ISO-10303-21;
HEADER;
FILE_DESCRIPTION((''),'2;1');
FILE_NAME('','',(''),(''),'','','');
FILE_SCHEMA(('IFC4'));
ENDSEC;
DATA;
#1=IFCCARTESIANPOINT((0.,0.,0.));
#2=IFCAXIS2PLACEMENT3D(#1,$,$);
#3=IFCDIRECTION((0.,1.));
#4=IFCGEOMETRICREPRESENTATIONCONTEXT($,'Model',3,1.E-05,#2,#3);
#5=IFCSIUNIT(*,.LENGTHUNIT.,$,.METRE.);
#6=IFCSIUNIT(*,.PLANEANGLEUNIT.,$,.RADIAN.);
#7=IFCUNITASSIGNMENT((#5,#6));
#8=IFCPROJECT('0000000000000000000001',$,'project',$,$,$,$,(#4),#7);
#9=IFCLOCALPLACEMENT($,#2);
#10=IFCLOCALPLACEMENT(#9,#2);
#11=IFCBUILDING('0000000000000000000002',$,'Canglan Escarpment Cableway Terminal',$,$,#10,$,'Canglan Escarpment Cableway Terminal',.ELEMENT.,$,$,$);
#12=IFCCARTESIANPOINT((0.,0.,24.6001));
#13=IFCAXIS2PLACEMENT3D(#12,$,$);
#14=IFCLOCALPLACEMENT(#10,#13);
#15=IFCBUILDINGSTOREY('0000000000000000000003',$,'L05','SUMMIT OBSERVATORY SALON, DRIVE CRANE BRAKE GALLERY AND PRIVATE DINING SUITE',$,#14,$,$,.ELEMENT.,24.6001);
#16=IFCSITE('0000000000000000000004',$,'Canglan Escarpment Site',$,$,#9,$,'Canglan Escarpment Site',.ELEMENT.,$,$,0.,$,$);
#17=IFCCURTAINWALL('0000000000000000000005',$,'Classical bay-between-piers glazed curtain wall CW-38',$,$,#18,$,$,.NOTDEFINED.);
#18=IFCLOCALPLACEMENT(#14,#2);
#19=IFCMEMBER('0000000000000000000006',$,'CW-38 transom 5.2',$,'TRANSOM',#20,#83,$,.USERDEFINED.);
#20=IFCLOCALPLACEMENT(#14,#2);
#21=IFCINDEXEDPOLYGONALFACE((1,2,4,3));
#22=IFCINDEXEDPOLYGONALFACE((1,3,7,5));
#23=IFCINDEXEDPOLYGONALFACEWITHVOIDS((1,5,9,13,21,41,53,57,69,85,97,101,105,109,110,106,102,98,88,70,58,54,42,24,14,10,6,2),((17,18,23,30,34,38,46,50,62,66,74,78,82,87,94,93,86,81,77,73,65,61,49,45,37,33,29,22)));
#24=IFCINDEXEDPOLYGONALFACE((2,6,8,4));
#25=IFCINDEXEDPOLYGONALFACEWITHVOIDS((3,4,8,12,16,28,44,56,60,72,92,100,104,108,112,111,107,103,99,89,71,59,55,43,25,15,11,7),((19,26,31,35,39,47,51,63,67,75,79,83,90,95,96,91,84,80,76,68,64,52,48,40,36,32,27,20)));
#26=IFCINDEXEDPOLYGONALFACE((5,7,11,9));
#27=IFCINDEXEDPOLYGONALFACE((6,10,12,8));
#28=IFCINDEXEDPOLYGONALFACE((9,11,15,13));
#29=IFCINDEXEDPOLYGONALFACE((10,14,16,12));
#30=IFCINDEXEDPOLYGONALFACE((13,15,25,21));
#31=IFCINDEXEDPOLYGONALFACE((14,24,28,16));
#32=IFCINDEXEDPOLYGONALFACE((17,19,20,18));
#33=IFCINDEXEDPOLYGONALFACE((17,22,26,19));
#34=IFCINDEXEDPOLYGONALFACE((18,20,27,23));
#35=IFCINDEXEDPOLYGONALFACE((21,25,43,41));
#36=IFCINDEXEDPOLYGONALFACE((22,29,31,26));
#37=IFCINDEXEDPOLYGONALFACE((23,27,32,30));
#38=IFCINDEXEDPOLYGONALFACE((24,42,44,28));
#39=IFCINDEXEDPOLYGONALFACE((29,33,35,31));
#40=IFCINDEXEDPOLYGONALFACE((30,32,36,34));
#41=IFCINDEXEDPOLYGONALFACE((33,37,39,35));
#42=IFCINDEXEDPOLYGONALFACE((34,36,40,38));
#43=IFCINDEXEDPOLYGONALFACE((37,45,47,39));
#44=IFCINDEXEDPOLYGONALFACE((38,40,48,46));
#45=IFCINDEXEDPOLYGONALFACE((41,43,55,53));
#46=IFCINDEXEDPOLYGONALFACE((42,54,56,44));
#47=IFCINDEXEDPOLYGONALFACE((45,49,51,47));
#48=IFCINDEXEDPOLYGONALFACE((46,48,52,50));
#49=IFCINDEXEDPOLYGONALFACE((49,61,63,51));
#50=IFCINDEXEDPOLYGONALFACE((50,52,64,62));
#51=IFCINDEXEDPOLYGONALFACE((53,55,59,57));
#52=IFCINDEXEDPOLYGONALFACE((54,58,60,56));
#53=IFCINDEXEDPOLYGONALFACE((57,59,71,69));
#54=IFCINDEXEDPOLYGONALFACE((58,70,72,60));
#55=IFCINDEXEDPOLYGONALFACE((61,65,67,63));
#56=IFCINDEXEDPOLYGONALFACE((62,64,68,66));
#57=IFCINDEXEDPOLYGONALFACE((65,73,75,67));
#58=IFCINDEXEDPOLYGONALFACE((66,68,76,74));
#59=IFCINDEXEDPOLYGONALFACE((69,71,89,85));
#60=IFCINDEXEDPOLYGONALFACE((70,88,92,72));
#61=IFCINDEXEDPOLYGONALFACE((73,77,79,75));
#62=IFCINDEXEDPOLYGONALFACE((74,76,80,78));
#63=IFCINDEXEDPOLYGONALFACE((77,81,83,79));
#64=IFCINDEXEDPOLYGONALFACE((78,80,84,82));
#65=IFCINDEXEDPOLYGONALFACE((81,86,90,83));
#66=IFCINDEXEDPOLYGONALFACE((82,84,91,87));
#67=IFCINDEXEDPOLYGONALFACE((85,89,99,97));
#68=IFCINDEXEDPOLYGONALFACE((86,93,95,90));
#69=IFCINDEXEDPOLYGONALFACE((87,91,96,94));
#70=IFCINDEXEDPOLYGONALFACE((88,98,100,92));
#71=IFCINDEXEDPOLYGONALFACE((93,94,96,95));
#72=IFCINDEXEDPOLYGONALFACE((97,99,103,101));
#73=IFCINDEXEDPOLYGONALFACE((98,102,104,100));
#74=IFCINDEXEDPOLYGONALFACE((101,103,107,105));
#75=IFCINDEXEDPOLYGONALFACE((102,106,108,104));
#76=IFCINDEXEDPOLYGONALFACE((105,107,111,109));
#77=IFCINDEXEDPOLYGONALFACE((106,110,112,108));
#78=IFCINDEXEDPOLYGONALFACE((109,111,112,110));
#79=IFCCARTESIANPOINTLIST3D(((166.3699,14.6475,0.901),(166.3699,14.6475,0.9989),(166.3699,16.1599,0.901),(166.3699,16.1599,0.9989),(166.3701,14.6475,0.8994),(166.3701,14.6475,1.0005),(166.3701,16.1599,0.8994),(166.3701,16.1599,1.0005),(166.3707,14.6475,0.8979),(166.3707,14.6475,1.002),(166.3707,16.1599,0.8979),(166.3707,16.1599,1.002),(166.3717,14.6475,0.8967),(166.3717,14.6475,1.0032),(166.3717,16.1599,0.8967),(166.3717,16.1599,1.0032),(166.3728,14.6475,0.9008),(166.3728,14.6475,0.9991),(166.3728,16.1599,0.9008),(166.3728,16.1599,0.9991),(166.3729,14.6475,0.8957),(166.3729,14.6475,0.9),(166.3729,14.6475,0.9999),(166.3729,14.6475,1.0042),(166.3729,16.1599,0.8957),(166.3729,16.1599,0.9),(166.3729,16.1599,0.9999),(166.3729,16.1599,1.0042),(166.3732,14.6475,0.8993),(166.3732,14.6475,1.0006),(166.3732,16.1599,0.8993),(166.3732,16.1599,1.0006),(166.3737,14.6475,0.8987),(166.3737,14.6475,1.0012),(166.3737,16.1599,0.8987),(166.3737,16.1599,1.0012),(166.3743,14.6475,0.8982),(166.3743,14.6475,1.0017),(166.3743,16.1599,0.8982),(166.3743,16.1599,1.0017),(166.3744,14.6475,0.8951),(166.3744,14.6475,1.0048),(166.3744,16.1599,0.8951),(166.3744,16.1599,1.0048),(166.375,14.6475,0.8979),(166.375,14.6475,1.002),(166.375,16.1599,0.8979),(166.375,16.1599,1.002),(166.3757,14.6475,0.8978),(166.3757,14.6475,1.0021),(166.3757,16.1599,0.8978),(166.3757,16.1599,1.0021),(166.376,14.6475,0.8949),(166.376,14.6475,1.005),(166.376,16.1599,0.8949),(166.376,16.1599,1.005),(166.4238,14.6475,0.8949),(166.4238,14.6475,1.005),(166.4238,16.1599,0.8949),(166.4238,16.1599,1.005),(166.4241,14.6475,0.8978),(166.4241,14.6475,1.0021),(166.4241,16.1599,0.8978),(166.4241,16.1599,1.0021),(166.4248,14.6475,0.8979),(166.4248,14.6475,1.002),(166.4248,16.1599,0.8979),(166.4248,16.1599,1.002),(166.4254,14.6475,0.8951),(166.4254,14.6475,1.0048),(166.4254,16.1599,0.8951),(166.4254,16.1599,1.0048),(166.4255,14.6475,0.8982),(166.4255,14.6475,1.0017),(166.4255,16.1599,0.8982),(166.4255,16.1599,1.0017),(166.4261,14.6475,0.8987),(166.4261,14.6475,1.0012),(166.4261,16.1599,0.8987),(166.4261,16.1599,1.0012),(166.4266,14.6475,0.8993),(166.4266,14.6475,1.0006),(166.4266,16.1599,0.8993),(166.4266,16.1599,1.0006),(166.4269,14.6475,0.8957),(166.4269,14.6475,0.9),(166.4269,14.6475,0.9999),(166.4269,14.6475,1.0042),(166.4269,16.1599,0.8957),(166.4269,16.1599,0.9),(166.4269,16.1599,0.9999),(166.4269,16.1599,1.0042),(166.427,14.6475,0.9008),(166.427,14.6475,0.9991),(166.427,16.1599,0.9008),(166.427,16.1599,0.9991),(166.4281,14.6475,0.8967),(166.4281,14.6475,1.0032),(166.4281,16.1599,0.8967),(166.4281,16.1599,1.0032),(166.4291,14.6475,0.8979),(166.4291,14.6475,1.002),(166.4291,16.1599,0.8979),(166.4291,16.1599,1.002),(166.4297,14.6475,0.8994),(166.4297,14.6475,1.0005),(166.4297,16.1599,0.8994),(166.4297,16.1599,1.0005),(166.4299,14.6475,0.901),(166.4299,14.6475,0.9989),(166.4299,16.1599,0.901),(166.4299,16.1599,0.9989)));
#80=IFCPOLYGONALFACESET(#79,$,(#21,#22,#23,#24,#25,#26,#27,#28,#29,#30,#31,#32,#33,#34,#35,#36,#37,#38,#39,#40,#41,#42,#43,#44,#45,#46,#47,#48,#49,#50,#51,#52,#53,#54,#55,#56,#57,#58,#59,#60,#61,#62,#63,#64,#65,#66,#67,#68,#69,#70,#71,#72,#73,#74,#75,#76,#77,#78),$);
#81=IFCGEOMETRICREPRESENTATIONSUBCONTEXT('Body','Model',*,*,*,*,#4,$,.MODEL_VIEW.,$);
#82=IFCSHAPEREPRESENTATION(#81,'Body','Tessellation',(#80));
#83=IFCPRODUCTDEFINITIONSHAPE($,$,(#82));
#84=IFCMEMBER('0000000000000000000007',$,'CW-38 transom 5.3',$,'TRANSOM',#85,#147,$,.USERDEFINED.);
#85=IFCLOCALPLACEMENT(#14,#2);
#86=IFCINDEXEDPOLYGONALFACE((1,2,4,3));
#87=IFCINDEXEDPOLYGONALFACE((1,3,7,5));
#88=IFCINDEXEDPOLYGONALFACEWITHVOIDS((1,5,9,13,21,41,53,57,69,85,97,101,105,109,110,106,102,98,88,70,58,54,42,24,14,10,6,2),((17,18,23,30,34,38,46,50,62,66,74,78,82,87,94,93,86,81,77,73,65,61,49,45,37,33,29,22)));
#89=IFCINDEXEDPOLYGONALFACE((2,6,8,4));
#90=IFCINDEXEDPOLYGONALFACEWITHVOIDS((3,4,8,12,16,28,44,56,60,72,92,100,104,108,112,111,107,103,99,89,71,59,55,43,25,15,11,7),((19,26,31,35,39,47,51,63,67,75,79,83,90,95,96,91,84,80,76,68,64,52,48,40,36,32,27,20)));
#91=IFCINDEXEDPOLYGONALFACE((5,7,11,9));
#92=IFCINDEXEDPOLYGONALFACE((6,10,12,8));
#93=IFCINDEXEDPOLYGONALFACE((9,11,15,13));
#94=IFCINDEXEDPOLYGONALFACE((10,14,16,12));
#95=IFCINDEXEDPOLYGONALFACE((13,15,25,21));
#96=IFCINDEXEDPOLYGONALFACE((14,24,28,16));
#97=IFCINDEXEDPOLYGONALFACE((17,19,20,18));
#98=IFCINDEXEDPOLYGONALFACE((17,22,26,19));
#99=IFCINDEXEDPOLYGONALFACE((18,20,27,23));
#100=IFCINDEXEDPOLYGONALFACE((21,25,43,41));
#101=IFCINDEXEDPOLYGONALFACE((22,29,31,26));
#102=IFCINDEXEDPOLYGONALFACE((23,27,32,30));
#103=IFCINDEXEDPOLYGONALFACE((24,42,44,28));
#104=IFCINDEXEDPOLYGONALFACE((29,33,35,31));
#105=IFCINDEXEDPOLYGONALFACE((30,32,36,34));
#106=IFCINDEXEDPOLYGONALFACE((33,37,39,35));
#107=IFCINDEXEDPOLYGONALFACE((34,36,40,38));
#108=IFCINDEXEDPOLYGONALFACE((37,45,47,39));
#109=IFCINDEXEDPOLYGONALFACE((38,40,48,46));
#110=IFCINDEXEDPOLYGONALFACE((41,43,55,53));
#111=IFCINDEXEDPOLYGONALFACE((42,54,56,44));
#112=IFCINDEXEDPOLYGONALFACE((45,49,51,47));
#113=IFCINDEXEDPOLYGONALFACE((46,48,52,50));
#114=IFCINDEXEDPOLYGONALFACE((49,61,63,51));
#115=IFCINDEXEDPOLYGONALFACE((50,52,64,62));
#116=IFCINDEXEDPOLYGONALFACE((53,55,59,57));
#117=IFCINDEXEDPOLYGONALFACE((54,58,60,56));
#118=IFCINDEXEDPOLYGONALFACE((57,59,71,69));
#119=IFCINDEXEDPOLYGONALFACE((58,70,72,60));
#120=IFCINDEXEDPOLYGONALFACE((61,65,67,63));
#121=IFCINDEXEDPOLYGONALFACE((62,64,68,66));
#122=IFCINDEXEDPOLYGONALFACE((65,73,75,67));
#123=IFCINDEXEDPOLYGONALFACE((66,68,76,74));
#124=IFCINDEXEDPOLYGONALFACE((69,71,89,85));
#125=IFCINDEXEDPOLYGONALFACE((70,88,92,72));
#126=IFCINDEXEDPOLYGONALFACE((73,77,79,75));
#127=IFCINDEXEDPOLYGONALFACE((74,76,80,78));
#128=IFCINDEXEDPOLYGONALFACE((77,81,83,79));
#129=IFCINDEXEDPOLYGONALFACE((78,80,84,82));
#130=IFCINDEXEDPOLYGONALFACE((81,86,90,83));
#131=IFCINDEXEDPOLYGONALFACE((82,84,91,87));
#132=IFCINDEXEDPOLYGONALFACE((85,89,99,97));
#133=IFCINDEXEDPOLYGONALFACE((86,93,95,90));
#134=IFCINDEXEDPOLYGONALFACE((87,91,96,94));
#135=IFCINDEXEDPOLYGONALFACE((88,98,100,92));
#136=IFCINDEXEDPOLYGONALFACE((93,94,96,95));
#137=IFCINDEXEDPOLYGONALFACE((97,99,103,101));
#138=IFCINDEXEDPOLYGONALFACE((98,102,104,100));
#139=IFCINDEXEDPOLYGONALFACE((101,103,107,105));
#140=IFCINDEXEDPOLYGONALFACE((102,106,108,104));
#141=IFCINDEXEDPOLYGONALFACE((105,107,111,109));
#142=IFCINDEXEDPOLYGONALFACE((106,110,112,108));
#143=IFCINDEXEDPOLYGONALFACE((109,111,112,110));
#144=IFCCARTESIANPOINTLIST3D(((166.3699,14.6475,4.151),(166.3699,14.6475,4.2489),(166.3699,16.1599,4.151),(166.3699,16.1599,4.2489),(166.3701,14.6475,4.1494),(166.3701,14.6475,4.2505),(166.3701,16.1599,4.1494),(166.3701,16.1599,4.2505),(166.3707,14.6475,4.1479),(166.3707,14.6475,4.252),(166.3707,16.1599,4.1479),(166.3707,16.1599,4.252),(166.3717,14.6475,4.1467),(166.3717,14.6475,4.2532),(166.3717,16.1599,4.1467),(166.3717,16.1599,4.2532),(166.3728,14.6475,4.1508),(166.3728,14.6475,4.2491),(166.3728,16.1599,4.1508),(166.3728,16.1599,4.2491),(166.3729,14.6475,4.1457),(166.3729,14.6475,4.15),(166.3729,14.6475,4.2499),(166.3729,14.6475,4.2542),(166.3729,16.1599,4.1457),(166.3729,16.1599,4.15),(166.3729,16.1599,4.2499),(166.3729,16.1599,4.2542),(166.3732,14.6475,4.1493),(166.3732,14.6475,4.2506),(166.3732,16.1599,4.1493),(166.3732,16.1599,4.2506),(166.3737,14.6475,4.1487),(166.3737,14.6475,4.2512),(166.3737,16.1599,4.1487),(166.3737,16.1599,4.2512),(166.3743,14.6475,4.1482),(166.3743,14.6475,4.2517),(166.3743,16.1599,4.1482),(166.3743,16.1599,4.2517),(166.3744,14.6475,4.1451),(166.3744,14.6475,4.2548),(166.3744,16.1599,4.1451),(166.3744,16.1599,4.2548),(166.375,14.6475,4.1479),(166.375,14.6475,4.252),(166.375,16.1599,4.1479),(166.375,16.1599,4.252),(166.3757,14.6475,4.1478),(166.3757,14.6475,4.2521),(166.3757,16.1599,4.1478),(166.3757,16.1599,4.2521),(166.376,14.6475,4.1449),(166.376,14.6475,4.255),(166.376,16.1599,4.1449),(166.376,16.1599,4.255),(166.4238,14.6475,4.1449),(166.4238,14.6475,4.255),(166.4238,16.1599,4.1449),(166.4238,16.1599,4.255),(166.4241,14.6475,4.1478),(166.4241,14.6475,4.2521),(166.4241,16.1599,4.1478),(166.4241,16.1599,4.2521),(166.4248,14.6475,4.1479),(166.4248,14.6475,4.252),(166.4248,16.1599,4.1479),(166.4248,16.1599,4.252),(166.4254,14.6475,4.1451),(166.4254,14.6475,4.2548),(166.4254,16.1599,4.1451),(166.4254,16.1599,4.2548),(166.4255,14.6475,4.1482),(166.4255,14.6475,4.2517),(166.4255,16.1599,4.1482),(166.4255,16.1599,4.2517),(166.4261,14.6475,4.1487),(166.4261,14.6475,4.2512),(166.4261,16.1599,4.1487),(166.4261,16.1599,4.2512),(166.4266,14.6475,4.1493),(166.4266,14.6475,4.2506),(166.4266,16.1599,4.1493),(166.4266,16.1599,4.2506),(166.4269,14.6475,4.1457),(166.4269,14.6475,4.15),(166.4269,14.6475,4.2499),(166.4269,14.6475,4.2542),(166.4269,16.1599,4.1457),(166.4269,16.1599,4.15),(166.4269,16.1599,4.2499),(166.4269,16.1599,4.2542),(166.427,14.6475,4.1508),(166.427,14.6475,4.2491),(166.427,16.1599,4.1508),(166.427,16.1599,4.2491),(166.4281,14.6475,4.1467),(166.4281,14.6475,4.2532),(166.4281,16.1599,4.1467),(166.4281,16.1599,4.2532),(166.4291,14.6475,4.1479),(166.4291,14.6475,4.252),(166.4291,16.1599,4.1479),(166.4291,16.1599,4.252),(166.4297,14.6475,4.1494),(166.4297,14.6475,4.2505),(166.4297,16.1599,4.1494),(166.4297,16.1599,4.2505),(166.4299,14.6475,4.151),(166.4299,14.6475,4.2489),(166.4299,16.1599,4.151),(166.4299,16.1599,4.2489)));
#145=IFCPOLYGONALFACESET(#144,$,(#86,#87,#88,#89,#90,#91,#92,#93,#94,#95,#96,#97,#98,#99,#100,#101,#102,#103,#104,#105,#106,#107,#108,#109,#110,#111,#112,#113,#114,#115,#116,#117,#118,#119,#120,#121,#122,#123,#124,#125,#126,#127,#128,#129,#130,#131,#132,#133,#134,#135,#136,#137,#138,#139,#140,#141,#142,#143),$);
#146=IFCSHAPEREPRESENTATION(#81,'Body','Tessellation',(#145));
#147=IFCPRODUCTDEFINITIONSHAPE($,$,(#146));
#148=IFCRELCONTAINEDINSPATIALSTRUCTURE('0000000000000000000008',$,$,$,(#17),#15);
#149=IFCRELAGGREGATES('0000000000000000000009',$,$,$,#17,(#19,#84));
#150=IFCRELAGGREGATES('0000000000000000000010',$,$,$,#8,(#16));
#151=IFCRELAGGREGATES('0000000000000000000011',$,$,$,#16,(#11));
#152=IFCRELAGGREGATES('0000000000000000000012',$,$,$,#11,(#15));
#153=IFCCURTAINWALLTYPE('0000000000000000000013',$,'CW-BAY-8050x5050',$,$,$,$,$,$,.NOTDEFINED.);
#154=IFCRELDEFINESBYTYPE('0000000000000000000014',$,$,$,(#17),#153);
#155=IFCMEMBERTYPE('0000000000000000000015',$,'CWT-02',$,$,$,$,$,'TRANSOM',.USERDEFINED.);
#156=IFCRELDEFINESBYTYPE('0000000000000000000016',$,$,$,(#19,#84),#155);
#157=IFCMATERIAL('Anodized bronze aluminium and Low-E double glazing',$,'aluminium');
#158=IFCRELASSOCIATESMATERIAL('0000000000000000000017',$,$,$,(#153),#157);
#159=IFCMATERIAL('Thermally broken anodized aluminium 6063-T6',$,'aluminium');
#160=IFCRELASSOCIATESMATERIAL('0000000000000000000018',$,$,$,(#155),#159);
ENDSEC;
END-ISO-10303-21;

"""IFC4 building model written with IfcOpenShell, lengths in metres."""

from ifc_helpers import new_model, si_unit, direction, frame, origin, origin_2d, place, context, subcontext, project, spatial, hollow_rectangle, extrude, material, material_profile, profile_set, type_object, element, aggregate, save


model = new_model("IFC4")

# Units and contexts
model_context = context("Model", 3, precision=1e-05, world=origin(), true_north=direction((0.0, 1.0)))
body_context = subcontext(model_context, "Body", "Model", "MODEL_VIEW")
ifc_project = project(units=[si_unit("LENGTHUNIT", "METRE"), si_unit("PLANEANGLEUNIT", "RADIAN")], contexts=[model_context])

# Site, building, storey
site_placement = place(None, origin())
site = spatial("IfcSite", under=ifc_project, at=site_placement, Name="Canglan Escarpment Site", LongName="Canglan Escarpment Site", CompositionType="ELEMENT", RefElevation=0.0)
building_placement = place(site_placement, origin())
building = spatial("IfcBuilding", under=site, at=building_placement, Name="Canglan Escarpment Cableway Terminal", LongName="Canglan Escarpment Cableway Terminal", CompositionType="ELEMENT")
storey_placement = place(building_placement, frame((0.0, 0.0, 24.6001)))
storey = spatial("IfcBuildingStorey", under=building, at=storey_placement, Name="L05", Description="SUMMIT OBSERVATORY SALON, DRIVE CRANE BRAKE GALLERY AND PRIVATE DINING SUITE", CompositionType="ELEMENT", Elevation=24.6001)

# Curtain wall
ifc_material_1 = material(Name="Anodized bronze aluminium and Low-E double glazing", Category="aluminium")
curtain_wall_type = type_object("IfcCurtainWallType", Name="CW-BAY-8050x5050", PredefinedType="NOTDEFINED", material=ifc_material_1)
curtain_wall_1_placement = place(storey_placement, origin())
curtain_wall_1 = element("IfcCurtainWall", 1, at=curtain_wall_1_placement, inside=storey, type_object=curtain_wall_type, Name="Classical bay-between-piers glazed curtain wall CW-38", PredefinedType="NOTDEFINED")
ifc_material_2 = material(Name="Thermally broken anodized aluminium 6063-T6", Category="aluminium")

# Members
ifc_material_profile_1 = material_profile(ifc_material_2, hollow_rectangle(XDim=0.0601, YDim=0.1101, WallThickness=0.0029, InnerFilletRadius=0.0029, OuterFilletRadius=0.0061, at=origin_2d()), Name="ALU-TRAN 60x110x3")
ifc_profile_set_1 = profile_set([ifc_material_profile_1], Name="Thermally broken anodized aluminium 6063-T6")
member_type_1 = type_object("IfcMemberType", Name="CWT-02", ElementType="TRANSOM", PredefinedType="USERDEFINED", material=ifc_profile_set_1)
member_1_placement = place(storey_placement, frame((166.3999, 14.6475, 0.95), z_axis=(0.0, 1.0, 0.0), x_axis=(-1.0, 0.0, 0.0)))
member_1 = element("IfcMember", 2, at=member_1_placement, type_object=member_type_1, Name="CW-38 transom 5.2", ObjectType="TRANSOM", PredefinedType="USERDEFINED", context=body_context, shape_type="SweptSolid", body=[
    extrude(hollow_rectangle(XDim=0.0601, YDim=0.1101, WallThickness=0.0029, InnerFilletRadius=0.0029, OuterFilletRadius=0.0061, at=origin_2d()), origin(), (0.0, 0.0, 1.0), 1.5125),
])
member_2_placement = place(storey_placement, frame((166.3999, 14.6475, 4.2), z_axis=(0.0, 1.0, 0.0), x_axis=(-1.0, 0.0, 0.0)))
member_2 = element("IfcMember", 3, at=member_2_placement, type_object=member_type_1, Name="CW-38 transom 5.3", ObjectType="TRANSOM", PredefinedType="USERDEFINED", context=body_context, shape_type="SweptSolid", body=[
    extrude(hollow_rectangle(XDim=0.0601, YDim=0.1101, WallThickness=0.0029, InnerFilletRadius=0.0029, OuterFilletRadius=0.0061, at=origin_2d()), origin(), (0.0, 0.0, 1.0), 1.5125),
])

aggregate(curtain_wall_1, [member_1, member_2])

save(model, "model.ifc")
